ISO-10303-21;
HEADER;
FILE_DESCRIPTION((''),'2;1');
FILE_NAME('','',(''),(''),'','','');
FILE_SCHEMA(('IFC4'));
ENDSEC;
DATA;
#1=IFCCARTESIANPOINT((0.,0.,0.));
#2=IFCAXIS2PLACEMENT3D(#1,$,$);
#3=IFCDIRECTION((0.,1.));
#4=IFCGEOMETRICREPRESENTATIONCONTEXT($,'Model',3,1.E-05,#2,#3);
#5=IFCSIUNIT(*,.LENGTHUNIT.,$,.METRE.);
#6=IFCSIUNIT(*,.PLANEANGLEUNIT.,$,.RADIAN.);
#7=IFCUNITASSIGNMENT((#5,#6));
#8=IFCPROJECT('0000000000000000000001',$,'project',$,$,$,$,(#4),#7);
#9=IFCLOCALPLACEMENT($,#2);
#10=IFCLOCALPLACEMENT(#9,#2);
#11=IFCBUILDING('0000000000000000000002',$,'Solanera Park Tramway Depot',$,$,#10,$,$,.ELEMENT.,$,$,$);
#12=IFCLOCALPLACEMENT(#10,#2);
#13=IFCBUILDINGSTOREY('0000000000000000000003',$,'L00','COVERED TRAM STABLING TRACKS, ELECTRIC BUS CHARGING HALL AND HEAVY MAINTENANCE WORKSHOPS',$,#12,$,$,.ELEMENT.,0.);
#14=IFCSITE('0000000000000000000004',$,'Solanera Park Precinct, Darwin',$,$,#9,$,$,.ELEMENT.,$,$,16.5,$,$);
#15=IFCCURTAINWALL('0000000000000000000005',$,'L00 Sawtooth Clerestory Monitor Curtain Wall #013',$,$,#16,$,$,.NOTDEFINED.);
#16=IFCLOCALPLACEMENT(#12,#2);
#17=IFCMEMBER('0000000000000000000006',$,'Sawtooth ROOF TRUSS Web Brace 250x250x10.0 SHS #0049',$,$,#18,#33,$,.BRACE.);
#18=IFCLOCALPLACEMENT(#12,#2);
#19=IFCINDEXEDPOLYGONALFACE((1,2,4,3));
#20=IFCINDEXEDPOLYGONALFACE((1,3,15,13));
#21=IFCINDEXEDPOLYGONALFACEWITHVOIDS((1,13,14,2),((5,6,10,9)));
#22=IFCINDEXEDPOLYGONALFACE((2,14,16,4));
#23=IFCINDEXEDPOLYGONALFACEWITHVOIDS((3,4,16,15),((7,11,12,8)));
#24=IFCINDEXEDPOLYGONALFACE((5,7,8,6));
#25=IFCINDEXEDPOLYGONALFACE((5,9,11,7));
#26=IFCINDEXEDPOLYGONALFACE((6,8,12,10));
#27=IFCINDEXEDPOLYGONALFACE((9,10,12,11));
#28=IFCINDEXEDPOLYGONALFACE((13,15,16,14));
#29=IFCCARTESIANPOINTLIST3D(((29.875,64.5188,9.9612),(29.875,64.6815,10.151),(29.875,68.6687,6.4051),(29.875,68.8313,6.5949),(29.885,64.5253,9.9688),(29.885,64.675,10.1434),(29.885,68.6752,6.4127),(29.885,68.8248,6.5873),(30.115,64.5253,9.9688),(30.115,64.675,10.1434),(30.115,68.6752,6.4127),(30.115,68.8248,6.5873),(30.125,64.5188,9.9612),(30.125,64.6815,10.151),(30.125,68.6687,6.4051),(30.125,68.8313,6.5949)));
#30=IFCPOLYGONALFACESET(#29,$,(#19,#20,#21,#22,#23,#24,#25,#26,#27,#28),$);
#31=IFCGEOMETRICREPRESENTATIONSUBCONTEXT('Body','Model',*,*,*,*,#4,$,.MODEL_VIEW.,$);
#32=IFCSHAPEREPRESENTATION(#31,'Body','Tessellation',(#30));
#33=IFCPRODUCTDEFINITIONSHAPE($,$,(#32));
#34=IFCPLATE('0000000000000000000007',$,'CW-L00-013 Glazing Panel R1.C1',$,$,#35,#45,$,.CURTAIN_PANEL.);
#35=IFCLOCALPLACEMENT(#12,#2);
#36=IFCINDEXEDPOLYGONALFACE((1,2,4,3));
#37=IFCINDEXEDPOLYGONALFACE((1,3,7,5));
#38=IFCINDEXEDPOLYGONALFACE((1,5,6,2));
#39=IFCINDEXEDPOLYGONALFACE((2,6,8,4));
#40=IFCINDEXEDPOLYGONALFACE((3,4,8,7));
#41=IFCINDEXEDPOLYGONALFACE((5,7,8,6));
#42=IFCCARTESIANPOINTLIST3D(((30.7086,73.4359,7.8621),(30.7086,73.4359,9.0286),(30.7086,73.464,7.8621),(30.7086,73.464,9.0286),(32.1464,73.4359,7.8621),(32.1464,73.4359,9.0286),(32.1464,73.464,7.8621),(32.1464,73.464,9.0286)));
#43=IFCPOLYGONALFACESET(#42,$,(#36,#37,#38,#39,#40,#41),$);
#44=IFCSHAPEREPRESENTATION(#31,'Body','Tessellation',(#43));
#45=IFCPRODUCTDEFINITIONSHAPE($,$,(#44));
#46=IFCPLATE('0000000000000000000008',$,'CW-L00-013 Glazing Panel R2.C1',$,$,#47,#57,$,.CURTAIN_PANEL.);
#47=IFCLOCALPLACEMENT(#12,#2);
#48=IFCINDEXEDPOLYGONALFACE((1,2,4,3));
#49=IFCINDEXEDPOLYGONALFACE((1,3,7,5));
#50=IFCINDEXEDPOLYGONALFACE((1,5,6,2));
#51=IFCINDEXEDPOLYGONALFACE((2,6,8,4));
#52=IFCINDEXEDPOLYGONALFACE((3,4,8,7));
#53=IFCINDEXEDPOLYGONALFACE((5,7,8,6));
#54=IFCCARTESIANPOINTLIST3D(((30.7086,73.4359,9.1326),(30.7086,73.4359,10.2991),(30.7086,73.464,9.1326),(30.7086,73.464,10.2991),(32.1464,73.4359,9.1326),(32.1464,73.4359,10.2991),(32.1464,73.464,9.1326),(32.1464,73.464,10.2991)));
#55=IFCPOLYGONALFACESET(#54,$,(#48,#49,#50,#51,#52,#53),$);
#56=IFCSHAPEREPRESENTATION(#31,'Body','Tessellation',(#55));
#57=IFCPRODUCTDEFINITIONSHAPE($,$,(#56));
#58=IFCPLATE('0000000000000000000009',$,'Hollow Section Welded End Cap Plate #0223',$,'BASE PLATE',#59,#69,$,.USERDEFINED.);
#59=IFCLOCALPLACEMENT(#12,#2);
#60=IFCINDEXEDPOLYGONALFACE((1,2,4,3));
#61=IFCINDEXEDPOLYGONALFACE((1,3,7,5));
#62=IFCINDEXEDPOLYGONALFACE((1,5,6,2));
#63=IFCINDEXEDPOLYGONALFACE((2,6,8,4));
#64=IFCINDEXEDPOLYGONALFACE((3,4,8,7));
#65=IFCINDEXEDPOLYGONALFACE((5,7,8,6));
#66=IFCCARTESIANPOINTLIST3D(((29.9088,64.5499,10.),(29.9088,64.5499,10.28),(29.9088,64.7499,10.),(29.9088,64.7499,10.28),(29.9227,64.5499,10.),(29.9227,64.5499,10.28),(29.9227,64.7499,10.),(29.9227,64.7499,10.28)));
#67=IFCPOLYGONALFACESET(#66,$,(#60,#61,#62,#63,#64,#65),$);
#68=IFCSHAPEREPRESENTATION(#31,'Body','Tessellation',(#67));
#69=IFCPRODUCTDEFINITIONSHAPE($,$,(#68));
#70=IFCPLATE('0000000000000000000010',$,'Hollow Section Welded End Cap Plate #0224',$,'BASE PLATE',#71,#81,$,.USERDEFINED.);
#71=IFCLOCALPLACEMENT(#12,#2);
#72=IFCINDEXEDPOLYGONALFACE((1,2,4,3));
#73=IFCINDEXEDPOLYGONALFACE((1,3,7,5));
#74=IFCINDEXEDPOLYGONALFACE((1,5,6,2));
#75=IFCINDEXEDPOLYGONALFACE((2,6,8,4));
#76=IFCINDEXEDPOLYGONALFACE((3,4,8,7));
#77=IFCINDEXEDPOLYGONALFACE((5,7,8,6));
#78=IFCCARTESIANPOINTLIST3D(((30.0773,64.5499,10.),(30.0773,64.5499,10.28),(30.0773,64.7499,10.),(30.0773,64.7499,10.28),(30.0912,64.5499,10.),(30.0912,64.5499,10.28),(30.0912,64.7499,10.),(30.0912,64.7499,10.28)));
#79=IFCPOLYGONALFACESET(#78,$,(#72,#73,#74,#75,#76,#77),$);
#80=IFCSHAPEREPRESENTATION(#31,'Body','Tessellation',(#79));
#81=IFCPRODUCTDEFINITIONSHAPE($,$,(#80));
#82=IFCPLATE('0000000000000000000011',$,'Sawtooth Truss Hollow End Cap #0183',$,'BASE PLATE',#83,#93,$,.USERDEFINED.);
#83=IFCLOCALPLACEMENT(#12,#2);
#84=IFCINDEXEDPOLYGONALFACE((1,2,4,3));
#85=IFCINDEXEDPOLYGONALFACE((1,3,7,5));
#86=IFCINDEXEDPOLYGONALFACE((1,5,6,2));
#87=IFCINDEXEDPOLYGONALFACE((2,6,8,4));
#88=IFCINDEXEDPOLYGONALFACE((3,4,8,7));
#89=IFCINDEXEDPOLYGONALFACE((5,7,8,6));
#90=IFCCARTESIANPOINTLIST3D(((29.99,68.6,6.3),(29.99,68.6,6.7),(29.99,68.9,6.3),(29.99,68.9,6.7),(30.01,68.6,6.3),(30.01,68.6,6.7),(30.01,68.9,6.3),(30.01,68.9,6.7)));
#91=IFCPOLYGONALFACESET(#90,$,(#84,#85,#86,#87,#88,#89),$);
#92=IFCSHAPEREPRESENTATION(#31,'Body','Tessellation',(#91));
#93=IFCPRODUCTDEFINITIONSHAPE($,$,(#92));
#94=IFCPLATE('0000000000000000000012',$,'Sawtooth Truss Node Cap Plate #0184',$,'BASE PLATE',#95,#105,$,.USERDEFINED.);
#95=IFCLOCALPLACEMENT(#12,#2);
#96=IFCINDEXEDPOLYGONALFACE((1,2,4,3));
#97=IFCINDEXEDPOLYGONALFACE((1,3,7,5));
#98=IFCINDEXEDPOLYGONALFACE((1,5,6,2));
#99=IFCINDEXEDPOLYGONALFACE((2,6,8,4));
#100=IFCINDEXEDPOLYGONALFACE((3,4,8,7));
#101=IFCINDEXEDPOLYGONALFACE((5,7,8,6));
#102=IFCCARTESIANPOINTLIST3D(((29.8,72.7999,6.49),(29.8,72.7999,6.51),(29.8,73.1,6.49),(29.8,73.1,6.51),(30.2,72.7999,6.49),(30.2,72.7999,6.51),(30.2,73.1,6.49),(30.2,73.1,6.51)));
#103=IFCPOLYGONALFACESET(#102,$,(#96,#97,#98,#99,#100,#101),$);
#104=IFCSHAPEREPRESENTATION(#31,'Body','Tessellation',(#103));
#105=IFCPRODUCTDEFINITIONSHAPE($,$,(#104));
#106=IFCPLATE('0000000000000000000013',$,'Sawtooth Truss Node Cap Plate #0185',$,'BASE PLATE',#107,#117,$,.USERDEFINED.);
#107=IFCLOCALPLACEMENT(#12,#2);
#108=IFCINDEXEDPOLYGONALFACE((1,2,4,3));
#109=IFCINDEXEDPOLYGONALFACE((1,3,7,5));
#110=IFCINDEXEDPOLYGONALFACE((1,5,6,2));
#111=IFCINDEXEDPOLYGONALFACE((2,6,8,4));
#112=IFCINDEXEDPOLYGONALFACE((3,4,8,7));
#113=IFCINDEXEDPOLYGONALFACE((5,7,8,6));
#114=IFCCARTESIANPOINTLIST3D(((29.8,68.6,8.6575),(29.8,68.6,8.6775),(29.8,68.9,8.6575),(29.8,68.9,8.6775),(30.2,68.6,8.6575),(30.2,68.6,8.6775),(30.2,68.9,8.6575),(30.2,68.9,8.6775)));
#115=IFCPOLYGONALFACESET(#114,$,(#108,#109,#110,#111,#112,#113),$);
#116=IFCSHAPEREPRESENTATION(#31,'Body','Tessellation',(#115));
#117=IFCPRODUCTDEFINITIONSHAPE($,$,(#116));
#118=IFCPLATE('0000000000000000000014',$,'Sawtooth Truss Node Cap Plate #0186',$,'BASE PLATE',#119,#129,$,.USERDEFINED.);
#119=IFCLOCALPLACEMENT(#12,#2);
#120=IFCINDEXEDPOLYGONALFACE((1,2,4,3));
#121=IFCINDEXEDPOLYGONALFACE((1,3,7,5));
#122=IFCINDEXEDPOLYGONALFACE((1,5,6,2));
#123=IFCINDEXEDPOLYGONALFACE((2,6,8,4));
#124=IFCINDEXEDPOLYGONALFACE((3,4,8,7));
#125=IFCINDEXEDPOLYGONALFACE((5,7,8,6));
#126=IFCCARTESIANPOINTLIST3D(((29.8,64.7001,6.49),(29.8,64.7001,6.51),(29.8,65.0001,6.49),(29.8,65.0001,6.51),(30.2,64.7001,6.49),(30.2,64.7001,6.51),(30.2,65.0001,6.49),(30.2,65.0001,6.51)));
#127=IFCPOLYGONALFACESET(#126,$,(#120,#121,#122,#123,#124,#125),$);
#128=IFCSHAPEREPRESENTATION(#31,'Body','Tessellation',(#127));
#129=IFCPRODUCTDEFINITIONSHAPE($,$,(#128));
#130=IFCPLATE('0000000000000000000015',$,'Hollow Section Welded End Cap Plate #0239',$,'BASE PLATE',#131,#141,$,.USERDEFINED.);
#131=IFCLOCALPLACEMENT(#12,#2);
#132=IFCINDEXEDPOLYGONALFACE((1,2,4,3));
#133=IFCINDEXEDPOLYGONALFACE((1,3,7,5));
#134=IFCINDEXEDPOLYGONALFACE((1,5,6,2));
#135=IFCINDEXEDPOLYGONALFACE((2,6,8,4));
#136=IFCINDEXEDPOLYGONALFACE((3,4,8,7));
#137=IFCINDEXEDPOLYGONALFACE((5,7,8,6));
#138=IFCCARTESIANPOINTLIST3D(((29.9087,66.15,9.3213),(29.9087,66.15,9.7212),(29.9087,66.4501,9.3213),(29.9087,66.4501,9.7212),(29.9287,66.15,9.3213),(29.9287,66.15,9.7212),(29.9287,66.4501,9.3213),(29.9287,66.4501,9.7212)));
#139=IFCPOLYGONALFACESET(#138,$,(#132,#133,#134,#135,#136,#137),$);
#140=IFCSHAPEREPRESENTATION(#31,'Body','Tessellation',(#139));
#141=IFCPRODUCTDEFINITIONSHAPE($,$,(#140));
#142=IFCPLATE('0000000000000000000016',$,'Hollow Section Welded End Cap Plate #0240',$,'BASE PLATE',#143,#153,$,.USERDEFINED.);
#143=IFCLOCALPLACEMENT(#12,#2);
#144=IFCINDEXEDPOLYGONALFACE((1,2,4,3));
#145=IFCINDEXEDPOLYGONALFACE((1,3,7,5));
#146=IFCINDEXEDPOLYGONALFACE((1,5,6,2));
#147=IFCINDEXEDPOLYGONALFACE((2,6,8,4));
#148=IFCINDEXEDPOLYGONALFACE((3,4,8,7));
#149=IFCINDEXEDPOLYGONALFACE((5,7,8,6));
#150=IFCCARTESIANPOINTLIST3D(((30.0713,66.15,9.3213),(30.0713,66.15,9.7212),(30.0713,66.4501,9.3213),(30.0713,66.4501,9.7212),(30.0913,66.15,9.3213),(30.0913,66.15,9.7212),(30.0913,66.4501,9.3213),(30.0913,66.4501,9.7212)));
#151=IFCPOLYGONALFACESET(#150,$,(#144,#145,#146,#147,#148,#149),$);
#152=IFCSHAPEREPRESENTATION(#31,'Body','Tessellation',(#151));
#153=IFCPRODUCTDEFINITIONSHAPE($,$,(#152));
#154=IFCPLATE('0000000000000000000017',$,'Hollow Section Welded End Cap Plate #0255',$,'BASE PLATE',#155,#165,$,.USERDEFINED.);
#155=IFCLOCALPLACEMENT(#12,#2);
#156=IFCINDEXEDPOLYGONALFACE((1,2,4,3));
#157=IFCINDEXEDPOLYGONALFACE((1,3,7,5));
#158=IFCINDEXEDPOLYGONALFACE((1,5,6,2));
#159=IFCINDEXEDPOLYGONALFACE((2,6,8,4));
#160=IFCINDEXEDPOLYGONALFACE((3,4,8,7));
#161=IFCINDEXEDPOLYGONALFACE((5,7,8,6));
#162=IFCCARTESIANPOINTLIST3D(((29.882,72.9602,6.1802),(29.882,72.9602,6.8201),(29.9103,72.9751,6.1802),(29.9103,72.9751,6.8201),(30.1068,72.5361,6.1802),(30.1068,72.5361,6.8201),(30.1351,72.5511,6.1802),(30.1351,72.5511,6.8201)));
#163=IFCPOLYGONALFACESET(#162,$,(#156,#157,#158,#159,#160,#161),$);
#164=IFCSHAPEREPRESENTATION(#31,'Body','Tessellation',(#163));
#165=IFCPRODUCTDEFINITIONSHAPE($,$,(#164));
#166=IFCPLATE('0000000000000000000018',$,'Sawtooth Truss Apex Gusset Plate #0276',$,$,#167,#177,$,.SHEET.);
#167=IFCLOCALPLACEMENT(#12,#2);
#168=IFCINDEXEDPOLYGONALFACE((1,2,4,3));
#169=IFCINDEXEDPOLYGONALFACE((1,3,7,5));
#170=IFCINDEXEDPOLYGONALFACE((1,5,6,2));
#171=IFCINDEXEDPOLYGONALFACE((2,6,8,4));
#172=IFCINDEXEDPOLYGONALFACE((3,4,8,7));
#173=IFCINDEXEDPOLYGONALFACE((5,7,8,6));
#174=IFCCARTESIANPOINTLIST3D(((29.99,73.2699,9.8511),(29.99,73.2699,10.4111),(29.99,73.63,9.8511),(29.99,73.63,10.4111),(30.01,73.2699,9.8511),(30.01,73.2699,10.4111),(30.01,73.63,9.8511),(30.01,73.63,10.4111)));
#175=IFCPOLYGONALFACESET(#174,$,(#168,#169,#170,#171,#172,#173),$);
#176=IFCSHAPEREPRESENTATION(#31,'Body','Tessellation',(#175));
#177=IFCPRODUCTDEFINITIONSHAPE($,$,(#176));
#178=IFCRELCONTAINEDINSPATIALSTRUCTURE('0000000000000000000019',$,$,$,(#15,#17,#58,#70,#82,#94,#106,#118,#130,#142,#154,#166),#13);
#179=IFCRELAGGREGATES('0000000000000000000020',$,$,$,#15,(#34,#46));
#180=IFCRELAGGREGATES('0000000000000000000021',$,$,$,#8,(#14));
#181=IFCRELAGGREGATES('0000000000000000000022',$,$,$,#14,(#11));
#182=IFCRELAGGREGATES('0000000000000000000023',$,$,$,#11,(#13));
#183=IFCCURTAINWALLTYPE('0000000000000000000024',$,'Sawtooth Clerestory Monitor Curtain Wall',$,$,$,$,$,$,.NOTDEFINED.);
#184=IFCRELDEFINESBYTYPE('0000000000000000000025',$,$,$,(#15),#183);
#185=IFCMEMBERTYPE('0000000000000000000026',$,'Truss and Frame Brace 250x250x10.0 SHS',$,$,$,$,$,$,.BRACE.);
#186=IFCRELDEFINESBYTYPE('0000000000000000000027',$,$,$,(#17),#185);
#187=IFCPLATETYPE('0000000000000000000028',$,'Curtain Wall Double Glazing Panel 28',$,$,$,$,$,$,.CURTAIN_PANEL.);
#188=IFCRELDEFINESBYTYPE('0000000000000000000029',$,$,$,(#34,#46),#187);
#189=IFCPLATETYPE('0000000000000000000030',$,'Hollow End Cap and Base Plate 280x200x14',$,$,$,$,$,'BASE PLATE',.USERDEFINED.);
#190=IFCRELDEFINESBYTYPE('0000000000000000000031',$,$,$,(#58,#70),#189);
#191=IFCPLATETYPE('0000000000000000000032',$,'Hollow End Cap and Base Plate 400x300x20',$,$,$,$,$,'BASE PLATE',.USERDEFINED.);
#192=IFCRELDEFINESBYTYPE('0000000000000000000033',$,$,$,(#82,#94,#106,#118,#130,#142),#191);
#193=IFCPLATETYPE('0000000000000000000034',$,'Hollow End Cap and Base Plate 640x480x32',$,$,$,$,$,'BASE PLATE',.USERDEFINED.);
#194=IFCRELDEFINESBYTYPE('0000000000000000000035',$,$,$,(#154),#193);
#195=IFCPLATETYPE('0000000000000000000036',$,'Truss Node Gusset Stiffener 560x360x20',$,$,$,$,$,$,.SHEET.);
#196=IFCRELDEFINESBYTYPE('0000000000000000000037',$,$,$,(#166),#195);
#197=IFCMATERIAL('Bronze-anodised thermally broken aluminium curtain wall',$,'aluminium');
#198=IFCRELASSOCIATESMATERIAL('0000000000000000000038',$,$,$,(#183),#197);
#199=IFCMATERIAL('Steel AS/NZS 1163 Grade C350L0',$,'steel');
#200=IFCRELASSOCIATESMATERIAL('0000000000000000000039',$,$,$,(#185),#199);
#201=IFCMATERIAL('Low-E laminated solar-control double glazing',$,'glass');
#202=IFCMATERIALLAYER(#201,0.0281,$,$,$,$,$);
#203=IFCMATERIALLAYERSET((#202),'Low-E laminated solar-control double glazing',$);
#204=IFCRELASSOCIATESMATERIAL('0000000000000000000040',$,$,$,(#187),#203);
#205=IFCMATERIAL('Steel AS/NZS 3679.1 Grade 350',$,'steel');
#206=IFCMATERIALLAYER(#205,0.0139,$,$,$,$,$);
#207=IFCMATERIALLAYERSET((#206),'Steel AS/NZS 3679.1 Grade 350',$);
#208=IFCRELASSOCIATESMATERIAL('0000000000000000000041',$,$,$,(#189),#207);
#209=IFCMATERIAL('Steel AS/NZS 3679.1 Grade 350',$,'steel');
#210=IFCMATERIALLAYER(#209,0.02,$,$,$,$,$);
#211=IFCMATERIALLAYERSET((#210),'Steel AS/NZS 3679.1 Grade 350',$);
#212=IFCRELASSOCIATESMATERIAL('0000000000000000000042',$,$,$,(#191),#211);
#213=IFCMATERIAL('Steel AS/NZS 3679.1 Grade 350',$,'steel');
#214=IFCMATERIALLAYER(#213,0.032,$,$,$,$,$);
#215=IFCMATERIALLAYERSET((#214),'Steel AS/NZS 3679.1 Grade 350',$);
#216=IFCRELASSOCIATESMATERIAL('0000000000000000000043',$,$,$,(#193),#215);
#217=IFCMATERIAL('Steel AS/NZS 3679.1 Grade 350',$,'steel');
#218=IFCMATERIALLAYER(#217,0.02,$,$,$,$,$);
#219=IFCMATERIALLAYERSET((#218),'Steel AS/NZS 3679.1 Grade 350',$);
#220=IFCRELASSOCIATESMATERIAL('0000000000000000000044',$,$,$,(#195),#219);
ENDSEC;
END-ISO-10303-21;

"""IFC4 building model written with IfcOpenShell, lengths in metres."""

from ifc_helpers import new_model, si_unit, direction, frame, origin, origin_2d, place, context, subcontext, project, spatial, rectangle, hollow_rectangle, extrude, material, layer, layer_set, material_profile, profile_set, type_object, element, aggregate, save


model = new_model("IFC4")

# Units and contexts
model_context = context("Model", 3, precision=1e-05, world=origin(), true_north=direction((0.0, 1.0)))
body_context = subcontext(model_context, "Body", "Model", "MODEL_VIEW")
ifc_project = project(units=[si_unit("LENGTHUNIT", "METRE"), si_unit("PLANEANGLEUNIT", "RADIAN")], contexts=[model_context])

# Site, building, storey
site_placement = place(None, origin())
site = spatial("IfcSite", under=ifc_project, at=site_placement, Name="Solanera Park Precinct, Darwin", CompositionType="ELEMENT", RefElevation=16.5)
building_placement = place(site_placement, origin())
building = spatial("IfcBuilding", under=site, at=building_placement, Name="Solanera Park Tramway Depot", CompositionType="ELEMENT")
storey_placement = place(building_placement, origin())
storey = spatial("IfcBuildingStorey", under=building, at=storey_placement, Name="L00", Description="COVERED TRAM STABLING TRACKS, ELECTRIC BUS CHARGING HALL AND HEAVY MAINTENANCE WORKSHOPS", CompositionType="ELEMENT", Elevation=0.0)

# Shared definitions
ifc_material_1 = material(Name="Bronze-anodised thermally broken aluminium curtain wall", Category="aluminium")
curtain_wall_type = type_object("IfcCurtainWallType", Name="Sawtooth Clerestory Monitor Curtain Wall", PredefinedType="NOTDEFINED", material=ifc_material_1)

# Curtain wall
curtain_wall_1_placement = place(storey_placement, origin())
curtain_wall_1 = element("IfcCurtainWall", 1, at=curtain_wall_1_placement, inside=storey, type_object=curtain_wall_type, Name="L00 Sawtooth Clerestory Monitor Curtain Wall #013", PredefinedType="NOTDEFINED")

# Member
ifc_material_2 = material(Name="Steel AS/NZS 1163 Grade C350L0", Category="steel")
ifc_material_profile_1 = material_profile(ifc_material_2, hollow_rectangle(XDim=0.25, YDim=0.25, WallThickness=0.01, at=origin_2d()), Name="250x250x10.0 SHS")
ifc_profile_set_1 = profile_set([ifc_material_profile_1], Name="Steel AS/NZS 1163 Grade C350L0")
member_type_1 = type_object("IfcMemberType", Name="Truss and Frame Brace 250x250x10.0 SHS", PredefinedType="BRACE", material=ifc_profile_set_1)
member_1_placement = place(storey_placement, frame((30.0, 68.75, 6.5), z_axis=(0.0, -0.759339, 0.650696), x_axis=(1.0, 0.0, 0.0)))
element("IfcMember", 2, at=member_1_placement, inside=storey, type_object=member_type_1, Name="Sawtooth ROOF TRUSS Web Brace 250x250x10.0 SHS #0049", PredefinedType="BRACE", context=body_context, shape_type="SweptSolid", body=[
    extrude(hollow_rectangle(XDim=0.25, YDim=0.25, WallThickness=0.01, at=origin_2d()), origin(), (0.0, 0.0, 1.0), 5.4651),
])

# Plates
ifc_material_3 = material(Name="Low-E laminated solar-control double glazing", Category="glass")
ifc_layer_1 = layer(ifc_material_3, 0.0281)
ifc_layer_set_1 = layer_set([ifc_layer_1], Name="Low-E laminated solar-control double glazing")
plate_type_1 = type_object("IfcPlateType", Name="Curtain Wall Double Glazing Panel 28", PredefinedType="CURTAIN_PANEL", material=ifc_layer_set_1)
plate_1_placement = place(storey_placement, frame((31.4275, 73.45, 7.8621), z_axis=(0.0, 0.0, 1.0), x_axis=(1.0, 0.0, 0.0)))
plate_1 = element("IfcPlate", 3, at=plate_1_placement, type_object=plate_type_1, Name="CW-L00-013 Glazing Panel R1.C1", PredefinedType="CURTAIN_PANEL", context=body_context, shape_type="SweptSolid", body=[
    extrude(rectangle(XDim=1.4377, YDim=0.0281, at=origin_2d()), origin(), (0.0, 0.0, 1.0), 1.1665),
])
plate_2_placement = place(storey_placement, frame((31.4275, 73.45, 9.1326), z_axis=(0.0, 0.0, 1.0), x_axis=(1.0, 0.0, 0.0)))
plate_2 = element("IfcPlate", 4, at=plate_2_placement, type_object=plate_type_1, Name="CW-L00-013 Glazing Panel R2.C1", PredefinedType="CURTAIN_PANEL", context=body_context, shape_type="SweptSolid", body=[
    extrude(rectangle(XDim=1.4377, YDim=0.0281, at=origin_2d()), origin(), (0.0, 0.0, 1.0), 1.1665),
])
aggregate(curtain_wall_1, [plate_1, plate_2])

# Plates
ifc_material_4 = material(Name="Steel AS/NZS 3679.1 Grade 350", Category="steel")
ifc_layer_2 = layer(ifc_material_4, 0.0139)
ifc_layer_set_2 = layer_set([ifc_layer_2], Name="Steel AS/NZS 3679.1 Grade 350")
plate_type_2 = type_object("IfcPlateType", Name="Hollow End Cap and Base Plate 280x200x14", ElementType="BASE PLATE", PredefinedType="USERDEFINED", material=ifc_layer_set_2)
for number, where, z_axis, x_axis, name in (
    (5, (29.9158, 64.6499, 10.0), (0.0, 0.0, 1.0), (1.0, 0.0, 0.0), "Hollow Section Welded End Cap Plate #0223"),
    (6, (30.0842, 64.6499, 10.0), (0.0, 0.0, 1.0), (1.0, 0.0, 0.0), "Hollow Section Welded End Cap Plate #0224"),
):
    element("IfcPlate", number, at=place(storey_placement, frame(where, z_axis=z_axis, x_axis=x_axis)), inside=storey, type_object=plate_type_2, Name=name, ObjectType="BASE PLATE", PredefinedType="USERDEFINED", context=body_context, shape_type="SweptSolid", body=[
        extrude(rectangle(XDim=0.0139, YDim=0.2, at=origin_2d()), origin(), (0.0, 0.0, 1.0), 0.28),
    ])
ifc_material_5 = material(Name="Steel AS/NZS 3679.1 Grade 350", Category="steel")
ifc_layer_3 = layer(ifc_material_5, 0.02)
ifc_layer_set_3 = layer_set([ifc_layer_3], Name="Steel AS/NZS 3679.1 Grade 350")
plate_type_3 = type_object("IfcPlateType", Name="Hollow End Cap and Base Plate 400x300x20", ElementType="BASE PLATE", PredefinedType="USERDEFINED", material=ifc_layer_set_3)
plate_3_placement = place(storey_placement, frame((30.0, 68.75, 6.3), z_axis=(0.0, 0.0, 1.0), x_axis=(1.0, 0.0, 0.0)))
element("IfcPlate", 7, at=plate_3_placement, inside=storey, type_object=plate_type_3, Name="Sawtooth Truss Hollow End Cap #0183", ObjectType="BASE PLATE", PredefinedType="USERDEFINED", context=body_context, shape_type="SweptSolid", body=[
    extrude(rectangle(XDim=0.02, YDim=0.3, at=origin_2d()), origin(), (0.0, 0.0, 1.0), 0.3999),
])
for number, where, z_axis, x_axis, name in (
    (8, (30.0, 72.95, 6.49), (0.0, 0.0, 1.0), (1.0, 0.0, 0.0), "Sawtooth Truss Node Cap Plate #0184"),
    (9, (30.0, 68.75, 8.6575), (0.0, 0.0, 1.0), (1.0, 0.0, 0.0), "Sawtooth Truss Node Cap Plate #0185"),
    (10, (30.0, 64.8501, 6.49), (0.0, 0.0, 1.0), (1.0, 0.0, 0.0), "Sawtooth Truss Node Cap Plate #0186"),
):
    element("IfcPlate", number, at=place(storey_placement, frame(where, z_axis=z_axis, x_axis=x_axis)), inside=storey, type_object=plate_type_3, Name=name, ObjectType="BASE PLATE", PredefinedType="USERDEFINED", context=body_context, shape_type="SweptSolid", body=[
        extrude(rectangle(XDim=0.3999, YDim=0.3, at=origin_2d()), origin(), (0.0, 0.0, 1.0), 0.02),
    ])
for number, where, z_axis, x_axis, name in (
    (11, (29.9187, 66.3, 9.3213), (0.0, 0.0, 1.0), (1.0, 0.0, 0.0), "Hollow Section Welded End Cap Plate #0239"),
    (12, (30.0813, 66.3, 9.3213), (0.0, 0.0, 1.0), (1.0, 0.0, 0.0), "Hollow Section Welded End Cap Plate #0240"),
):
    element("IfcPlate", number, at=place(storey_placement, frame(where, z_axis=z_axis, x_axis=x_axis)), inside=storey, type_object=plate_type_3, Name=name, ObjectType="BASE PLATE", PredefinedType="USERDEFINED", context=body_context, shape_type="SweptSolid", body=[
        extrude(rectangle(XDim=0.02, YDim=0.3, at=origin_2d()), origin(), (0.0, 0.0, 1.0), 0.3999),
    ])
ifc_material_6 = material(Name="Steel AS/NZS 3679.1 Grade 350", Category="steel")
ifc_layer_4 = layer(ifc_material_6, 0.032)
ifc_layer_set_4 = layer_set([ifc_layer_4], Name="Steel AS/NZS 3679.1 Grade 350")
plate_type_4 = type_object("IfcPlateType", Name="Hollow End Cap and Base Plate 640x480x32", ElementType="BASE PLATE", PredefinedType="USERDEFINED", material=ifc_layer_set_4)
plate_4_placement = place(storey_placement, frame((30.0085, 72.7556, 6.1802), z_axis=(0.0, 0.0, 1.0), x_axis=(0.883521, 0.468392, 0.0)))
element("IfcPlate", 13, at=plate_4_placement, inside=storey, type_object=plate_type_4, Name="Hollow Section Welded End Cap Plate #0255", ObjectType="BASE PLATE", PredefinedType="USERDEFINED", context=body_context, shape_type="SweptSolid", body=[
    extrude(rectangle(XDim=0.032, YDim=0.48, at=origin_2d()), origin(), (0.0, 0.0, 1.0), 0.6399),
])
ifc_material_7 = material(Name="Steel AS/NZS 3679.1 Grade 350", Category="steel")
ifc_layer_5 = layer(ifc_material_7, 0.02)
ifc_layer_set_5 = layer_set([ifc_layer_5], Name="Steel AS/NZS 3679.1 Grade 350")
plate_type_5 = type_object("IfcPlateType", Name="Truss Node Gusset Stiffener 560x360x20", PredefinedType="SHEET", material=ifc_layer_set_5)
plate_5_placement = place(storey_placement, frame((30.0, 73.45, 9.8511), z_axis=(0.0, 0.0, 1.0), x_axis=(1.0, 0.0, 0.0)))
element("IfcPlate", 14, at=plate_5_placement, inside=storey, type_object=plate_type_5, Name="Sawtooth Truss Apex Gusset Plate #0276", PredefinedType="SHEET", context=body_context, shape_type="SweptSolid", body=[
    extrude(rectangle(XDim=0.02, YDim=0.3601, at=origin_2d()), origin(), (0.0, 0.0, 1.0), 0.5601),
])

save(model, "model.ifc")
